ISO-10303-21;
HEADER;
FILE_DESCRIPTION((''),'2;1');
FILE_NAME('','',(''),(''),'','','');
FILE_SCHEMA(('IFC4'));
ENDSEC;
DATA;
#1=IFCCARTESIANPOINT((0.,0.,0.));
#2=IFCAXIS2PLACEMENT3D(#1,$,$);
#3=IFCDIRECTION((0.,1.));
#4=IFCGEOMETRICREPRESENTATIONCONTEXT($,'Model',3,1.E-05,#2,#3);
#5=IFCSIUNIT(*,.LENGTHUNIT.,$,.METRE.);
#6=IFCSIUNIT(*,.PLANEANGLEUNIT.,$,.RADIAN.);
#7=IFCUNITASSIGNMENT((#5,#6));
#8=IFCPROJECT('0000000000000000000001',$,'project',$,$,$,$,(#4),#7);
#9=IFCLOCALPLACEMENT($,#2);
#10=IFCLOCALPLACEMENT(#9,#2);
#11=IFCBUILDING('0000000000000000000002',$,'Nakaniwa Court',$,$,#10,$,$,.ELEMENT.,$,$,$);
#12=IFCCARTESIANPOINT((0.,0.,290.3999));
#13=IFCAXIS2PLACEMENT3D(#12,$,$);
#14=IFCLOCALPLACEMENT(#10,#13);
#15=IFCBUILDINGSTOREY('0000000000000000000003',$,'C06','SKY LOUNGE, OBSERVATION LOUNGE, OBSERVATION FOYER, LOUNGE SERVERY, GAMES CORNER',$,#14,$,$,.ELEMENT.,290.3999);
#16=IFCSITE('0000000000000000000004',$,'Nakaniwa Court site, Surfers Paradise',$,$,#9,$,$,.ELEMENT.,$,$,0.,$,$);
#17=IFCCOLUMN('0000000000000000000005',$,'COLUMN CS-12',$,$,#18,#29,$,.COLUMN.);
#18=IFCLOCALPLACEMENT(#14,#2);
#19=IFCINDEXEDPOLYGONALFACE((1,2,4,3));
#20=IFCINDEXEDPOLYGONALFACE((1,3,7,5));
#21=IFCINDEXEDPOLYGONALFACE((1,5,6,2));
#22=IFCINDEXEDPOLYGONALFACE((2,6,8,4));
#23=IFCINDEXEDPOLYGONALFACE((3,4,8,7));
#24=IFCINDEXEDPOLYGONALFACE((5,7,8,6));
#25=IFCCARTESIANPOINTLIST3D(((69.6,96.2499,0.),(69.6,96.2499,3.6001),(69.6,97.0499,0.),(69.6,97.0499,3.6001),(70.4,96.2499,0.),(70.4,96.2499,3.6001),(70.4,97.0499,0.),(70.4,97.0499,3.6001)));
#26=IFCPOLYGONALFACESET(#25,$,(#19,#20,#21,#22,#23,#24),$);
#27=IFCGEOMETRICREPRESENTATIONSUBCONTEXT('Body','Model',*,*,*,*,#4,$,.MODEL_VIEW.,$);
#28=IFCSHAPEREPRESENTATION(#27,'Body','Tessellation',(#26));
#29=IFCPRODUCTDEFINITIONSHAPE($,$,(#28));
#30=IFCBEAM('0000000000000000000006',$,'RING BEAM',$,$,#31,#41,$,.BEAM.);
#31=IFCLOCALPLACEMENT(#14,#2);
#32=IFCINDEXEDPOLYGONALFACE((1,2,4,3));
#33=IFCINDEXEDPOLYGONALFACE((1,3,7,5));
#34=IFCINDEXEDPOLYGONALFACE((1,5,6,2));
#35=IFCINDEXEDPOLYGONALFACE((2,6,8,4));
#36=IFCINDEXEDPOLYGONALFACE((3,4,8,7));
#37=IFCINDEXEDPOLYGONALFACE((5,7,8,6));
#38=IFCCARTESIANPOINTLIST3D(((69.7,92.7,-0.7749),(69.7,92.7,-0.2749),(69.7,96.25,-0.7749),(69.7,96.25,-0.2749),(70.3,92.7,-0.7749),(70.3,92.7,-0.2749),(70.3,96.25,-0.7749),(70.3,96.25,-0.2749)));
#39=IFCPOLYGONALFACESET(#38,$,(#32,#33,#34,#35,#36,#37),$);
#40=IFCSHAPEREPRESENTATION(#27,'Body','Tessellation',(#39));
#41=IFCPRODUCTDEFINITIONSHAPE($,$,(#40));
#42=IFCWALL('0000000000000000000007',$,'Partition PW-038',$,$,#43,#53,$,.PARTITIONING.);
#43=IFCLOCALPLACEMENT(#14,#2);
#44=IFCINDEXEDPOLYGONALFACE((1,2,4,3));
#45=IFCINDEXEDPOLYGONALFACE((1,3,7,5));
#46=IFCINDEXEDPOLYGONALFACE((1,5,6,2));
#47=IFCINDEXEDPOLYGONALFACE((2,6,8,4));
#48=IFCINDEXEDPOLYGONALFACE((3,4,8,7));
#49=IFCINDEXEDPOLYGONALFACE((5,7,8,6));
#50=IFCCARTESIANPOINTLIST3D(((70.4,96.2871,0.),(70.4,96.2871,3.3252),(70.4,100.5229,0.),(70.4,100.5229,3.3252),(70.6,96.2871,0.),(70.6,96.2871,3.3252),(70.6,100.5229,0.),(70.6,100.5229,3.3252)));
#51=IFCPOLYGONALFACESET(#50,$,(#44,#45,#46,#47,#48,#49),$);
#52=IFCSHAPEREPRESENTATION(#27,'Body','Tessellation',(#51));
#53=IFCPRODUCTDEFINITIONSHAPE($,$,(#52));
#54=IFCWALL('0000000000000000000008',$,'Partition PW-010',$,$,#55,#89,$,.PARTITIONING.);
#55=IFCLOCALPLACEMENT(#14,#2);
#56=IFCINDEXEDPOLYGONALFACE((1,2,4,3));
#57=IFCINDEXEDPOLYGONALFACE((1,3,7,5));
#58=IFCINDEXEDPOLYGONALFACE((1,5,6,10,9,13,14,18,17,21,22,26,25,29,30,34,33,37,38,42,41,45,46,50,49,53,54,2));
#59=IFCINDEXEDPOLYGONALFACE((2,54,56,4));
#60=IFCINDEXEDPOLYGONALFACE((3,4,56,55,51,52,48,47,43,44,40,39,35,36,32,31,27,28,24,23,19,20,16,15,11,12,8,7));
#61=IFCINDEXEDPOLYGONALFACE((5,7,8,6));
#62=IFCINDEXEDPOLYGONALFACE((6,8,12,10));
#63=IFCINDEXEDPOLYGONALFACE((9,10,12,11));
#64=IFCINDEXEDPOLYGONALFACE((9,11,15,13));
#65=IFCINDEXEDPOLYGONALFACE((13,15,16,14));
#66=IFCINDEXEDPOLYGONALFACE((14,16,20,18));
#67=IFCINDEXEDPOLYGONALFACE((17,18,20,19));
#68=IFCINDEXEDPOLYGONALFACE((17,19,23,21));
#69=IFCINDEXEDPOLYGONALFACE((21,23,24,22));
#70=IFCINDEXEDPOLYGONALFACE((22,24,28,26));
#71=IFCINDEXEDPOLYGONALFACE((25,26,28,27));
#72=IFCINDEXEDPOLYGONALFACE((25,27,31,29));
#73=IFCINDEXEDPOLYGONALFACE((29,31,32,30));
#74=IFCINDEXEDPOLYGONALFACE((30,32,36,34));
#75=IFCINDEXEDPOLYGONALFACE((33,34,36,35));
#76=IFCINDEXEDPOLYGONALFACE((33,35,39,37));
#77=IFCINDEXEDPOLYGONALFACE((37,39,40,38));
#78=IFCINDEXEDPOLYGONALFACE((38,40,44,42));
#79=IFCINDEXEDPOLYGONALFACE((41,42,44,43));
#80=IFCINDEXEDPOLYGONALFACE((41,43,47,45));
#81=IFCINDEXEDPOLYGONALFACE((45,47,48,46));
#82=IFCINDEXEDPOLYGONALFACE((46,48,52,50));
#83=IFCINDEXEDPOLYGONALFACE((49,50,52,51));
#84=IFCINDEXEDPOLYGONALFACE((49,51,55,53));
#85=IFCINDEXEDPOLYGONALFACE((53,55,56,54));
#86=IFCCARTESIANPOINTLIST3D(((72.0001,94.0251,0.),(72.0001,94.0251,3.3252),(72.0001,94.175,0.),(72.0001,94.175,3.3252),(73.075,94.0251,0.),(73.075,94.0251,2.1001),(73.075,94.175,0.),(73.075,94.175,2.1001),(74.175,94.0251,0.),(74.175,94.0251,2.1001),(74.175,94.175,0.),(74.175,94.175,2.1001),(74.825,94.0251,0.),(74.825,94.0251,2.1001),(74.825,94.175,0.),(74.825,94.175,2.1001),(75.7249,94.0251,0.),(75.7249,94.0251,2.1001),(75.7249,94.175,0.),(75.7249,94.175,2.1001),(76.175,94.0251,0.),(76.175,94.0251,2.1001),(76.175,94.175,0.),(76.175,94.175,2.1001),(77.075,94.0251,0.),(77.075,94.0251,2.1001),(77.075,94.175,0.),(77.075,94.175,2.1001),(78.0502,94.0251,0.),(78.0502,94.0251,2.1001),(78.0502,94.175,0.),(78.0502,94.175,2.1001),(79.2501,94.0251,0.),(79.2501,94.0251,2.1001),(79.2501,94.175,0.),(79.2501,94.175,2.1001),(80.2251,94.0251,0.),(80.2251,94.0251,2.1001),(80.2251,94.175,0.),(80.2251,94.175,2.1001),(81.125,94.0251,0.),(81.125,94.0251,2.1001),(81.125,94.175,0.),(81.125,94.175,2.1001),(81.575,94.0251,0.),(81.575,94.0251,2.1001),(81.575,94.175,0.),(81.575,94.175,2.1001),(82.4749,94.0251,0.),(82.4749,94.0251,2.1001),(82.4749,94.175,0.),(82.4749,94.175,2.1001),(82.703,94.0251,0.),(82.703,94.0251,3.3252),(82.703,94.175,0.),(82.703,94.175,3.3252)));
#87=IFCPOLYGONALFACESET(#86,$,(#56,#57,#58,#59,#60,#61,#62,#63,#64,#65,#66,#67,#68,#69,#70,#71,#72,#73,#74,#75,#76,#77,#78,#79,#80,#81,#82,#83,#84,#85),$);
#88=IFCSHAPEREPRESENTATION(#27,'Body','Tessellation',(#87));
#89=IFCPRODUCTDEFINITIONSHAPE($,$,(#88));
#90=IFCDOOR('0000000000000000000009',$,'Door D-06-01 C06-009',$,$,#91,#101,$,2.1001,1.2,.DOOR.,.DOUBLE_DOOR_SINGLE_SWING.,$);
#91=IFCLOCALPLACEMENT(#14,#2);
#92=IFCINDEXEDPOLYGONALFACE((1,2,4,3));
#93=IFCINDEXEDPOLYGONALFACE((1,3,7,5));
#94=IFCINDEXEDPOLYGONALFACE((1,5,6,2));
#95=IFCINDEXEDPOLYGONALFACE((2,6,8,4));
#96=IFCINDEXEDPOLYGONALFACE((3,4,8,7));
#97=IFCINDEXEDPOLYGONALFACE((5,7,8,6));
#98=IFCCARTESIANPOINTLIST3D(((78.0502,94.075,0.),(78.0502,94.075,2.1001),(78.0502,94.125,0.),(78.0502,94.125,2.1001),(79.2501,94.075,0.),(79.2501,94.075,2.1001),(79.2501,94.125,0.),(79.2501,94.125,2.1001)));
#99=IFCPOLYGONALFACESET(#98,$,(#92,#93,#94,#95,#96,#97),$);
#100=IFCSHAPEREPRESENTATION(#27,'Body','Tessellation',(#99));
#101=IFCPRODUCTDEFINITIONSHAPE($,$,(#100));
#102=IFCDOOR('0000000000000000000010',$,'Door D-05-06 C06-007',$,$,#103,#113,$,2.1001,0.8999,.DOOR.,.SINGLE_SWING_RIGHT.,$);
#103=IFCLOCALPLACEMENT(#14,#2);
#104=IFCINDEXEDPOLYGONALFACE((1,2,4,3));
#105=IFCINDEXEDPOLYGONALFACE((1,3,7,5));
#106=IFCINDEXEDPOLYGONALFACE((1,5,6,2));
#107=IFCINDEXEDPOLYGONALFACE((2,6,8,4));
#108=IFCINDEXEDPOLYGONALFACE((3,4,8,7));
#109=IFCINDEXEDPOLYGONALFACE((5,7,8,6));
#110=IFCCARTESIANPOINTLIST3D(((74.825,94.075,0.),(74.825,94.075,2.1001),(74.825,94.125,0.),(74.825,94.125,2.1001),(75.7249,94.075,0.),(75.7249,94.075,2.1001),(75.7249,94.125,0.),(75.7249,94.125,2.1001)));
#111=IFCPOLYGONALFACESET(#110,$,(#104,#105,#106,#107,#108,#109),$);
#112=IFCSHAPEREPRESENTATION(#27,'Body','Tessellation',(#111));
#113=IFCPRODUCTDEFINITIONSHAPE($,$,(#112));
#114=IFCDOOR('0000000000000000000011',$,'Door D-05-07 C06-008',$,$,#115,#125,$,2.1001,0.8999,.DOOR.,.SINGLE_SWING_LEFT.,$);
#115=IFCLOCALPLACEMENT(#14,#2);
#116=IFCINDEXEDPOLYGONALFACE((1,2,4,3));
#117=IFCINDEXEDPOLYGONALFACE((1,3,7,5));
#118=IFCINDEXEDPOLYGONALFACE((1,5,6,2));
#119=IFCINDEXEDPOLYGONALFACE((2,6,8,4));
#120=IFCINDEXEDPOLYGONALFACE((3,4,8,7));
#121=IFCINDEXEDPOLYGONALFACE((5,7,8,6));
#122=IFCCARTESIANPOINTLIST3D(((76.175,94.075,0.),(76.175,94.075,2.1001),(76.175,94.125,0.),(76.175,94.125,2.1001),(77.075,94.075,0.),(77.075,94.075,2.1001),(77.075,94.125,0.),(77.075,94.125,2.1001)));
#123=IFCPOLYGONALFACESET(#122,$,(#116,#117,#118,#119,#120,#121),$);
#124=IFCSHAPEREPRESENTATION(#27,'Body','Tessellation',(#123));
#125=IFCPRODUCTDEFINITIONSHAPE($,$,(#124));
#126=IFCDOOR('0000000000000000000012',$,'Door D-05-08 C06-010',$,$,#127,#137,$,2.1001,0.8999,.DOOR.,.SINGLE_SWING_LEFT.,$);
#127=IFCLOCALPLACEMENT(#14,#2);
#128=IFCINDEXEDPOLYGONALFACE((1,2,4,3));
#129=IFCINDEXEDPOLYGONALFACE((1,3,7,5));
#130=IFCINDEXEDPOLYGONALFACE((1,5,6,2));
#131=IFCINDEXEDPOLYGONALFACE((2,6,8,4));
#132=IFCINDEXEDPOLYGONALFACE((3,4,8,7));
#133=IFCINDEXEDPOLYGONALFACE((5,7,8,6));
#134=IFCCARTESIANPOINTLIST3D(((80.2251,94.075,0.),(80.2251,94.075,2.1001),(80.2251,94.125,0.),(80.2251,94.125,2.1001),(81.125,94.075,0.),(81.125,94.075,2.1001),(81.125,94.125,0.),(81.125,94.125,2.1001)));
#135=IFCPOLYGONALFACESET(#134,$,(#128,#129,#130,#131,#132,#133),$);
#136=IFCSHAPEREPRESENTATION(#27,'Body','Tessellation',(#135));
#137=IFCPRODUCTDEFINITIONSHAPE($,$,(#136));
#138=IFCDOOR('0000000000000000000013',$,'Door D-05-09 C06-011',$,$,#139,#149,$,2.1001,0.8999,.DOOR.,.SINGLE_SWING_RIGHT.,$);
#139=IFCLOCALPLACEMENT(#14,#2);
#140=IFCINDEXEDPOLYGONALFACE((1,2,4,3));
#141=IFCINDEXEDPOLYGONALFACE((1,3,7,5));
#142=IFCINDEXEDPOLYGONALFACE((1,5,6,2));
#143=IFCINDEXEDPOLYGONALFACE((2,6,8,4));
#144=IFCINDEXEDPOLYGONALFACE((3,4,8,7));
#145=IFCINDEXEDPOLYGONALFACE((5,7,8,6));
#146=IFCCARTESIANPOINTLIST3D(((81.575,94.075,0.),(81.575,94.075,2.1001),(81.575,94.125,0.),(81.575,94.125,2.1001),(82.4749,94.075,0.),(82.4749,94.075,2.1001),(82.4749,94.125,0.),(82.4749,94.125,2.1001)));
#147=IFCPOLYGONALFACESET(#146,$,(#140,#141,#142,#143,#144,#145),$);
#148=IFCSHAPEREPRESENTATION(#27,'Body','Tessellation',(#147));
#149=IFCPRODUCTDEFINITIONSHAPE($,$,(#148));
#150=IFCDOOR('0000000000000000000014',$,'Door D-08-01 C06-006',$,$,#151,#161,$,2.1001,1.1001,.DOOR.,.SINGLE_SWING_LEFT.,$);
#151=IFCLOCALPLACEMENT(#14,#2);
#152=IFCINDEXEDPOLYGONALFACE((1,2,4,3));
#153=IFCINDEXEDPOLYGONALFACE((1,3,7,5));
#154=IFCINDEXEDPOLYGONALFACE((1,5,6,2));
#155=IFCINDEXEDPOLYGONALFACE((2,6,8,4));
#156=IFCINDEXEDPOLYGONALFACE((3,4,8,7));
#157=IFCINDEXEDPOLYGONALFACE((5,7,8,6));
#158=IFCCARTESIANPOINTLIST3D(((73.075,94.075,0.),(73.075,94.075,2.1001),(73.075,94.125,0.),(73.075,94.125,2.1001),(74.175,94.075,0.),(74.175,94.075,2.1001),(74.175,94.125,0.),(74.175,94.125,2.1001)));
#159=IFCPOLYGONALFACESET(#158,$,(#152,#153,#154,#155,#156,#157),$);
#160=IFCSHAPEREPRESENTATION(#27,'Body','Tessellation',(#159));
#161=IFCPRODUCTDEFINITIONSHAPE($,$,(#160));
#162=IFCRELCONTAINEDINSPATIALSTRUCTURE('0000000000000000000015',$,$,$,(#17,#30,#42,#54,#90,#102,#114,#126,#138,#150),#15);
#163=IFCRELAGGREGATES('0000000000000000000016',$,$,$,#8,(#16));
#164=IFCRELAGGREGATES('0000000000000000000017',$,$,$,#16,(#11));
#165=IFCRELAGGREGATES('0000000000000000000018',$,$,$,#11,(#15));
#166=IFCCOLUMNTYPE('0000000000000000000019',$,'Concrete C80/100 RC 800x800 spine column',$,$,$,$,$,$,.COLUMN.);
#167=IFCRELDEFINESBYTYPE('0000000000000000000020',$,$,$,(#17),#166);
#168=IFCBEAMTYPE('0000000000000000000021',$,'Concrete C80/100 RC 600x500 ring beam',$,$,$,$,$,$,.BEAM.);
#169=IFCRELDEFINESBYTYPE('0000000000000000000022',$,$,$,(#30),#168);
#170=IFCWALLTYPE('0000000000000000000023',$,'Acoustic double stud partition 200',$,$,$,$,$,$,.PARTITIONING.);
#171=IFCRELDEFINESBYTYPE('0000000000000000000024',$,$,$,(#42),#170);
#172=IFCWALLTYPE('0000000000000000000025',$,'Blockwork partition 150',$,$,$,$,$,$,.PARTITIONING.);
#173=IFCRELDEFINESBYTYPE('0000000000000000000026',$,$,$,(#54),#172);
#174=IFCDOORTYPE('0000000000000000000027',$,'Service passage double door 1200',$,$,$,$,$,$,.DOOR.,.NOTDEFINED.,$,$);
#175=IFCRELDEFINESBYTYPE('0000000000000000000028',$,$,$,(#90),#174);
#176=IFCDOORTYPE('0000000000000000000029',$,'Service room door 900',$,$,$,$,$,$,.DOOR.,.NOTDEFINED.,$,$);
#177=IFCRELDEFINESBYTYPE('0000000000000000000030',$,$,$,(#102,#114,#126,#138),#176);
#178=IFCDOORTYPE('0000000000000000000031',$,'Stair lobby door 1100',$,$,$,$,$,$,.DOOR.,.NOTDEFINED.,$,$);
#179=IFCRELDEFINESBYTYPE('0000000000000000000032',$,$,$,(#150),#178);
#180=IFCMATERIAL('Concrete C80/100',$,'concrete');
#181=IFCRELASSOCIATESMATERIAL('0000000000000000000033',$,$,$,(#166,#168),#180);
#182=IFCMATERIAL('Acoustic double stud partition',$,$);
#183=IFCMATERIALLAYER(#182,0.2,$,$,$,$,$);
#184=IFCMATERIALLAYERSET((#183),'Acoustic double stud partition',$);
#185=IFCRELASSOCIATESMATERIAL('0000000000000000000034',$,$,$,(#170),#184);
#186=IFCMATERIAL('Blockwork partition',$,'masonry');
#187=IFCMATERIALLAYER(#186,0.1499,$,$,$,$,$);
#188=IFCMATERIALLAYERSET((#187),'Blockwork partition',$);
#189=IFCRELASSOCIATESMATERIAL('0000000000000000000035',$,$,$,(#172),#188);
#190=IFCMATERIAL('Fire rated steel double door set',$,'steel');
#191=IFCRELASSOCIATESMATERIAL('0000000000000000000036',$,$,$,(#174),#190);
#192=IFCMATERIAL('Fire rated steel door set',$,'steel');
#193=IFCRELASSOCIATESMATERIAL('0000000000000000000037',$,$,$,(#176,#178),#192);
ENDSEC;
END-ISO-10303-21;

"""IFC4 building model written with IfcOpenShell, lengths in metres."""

from ifc_helpers import new_model, si_unit, direction, frame, frame_2d, origin, origin_2d, place, context, subcontext, project, spatial, rectangle, extrude, material, layer, layer_set, material_profile, profile_set, type_object, element, fill, save


model = new_model("IFC4")

# Units and contexts
model_context = context("Model", 3, precision=1e-05, world=origin(), true_north=direction((0.0, 1.0)))
body_context = subcontext(model_context, "Body", "Model", "MODEL_VIEW")
ifc_project = project(units=[si_unit("LENGTHUNIT", "METRE"), si_unit("PLANEANGLEUNIT", "RADIAN")], contexts=[model_context])

# Site, building, storey
site_placement = place(None, origin())
site = spatial("IfcSite", under=ifc_project, at=site_placement, Name="Nakaniwa Court site, Surfers Paradise", CompositionType="ELEMENT", RefElevation=0.0)
building_placement = place(site_placement, origin())
building = spatial("IfcBuilding", under=site, at=building_placement, Name="Nakaniwa Court", CompositionType="ELEMENT")
storey_placement = place(building_placement, frame((0.0, 0.0, 290.3999)))
storey = spatial("IfcBuildingStorey", under=building, at=storey_placement, Name="C06", Description="SKY LOUNGE, OBSERVATION LOUNGE, OBSERVATION FOYER, LOUNGE SERVERY, GAMES CORNER", CompositionType="ELEMENT", Elevation=290.3999)

# Column
ifc_material_1 = material(Name="Concrete C80/100", Category="concrete")
ifc_material_profile_1 = material_profile(ifc_material_1, rectangle(XDim=0.8, YDim=0.8, at=origin_2d()), Name="Concrete C80/100 RC 800x800 spine column")
ifc_profile_set_1 = profile_set([ifc_material_profile_1], Name="Concrete C80/100")
column_type = type_object("IfcColumnType", Name="Concrete C80/100 RC 800x800 spine column", PredefinedType="COLUMN", material=ifc_profile_set_1)
column_placement = place(storey_placement, frame((70.0, 96.6499, 0.0), z_axis=(0.0, 0.0, 1.0), x_axis=(0.0, -1.0, 0.0)))
element("IfcColumn", 1, at=column_placement, inside=storey, type_object=column_type, Name="COLUMN CS-12", PredefinedType="COLUMN", context=body_context, shape_type="SweptSolid", body=[
    extrude(rectangle(XDim=0.8, YDim=0.8, at=origin_2d()), origin(), (0.0, 0.0, 1.0), 3.6001),
])

# Beam
ifc_material_profile_2 = material_profile(ifc_material_1, rectangle(XDim=0.6001, YDim=0.5, at=origin_2d()), Name="Concrete C80/100 RC 600x500 ring beam")
ifc_profile_set_2 = profile_set([ifc_material_profile_2], Name="Concrete C80/100")
beam_type = type_object("IfcBeamType", Name="Concrete C80/100 RC 600x500 ring beam", PredefinedType="BEAM", material=ifc_profile_set_2)
beam_placement = place(storey_placement, frame((70.0, 96.25, -0.5249), z_axis=(0.0, -1.0, 0.0), x_axis=(1.0, 0.0, 0.0)))
element("IfcBeam", 2, at=beam_placement, inside=storey, type_object=beam_type, Name="RING BEAM", PredefinedType="BEAM", context=body_context, shape_type="SweptSolid", body=[
    extrude(rectangle(XDim=0.6001, YDim=0.5, at=origin_2d()), origin(), (0.0, 0.0, 1.0), 3.55),
])

# Wall
ifc_material_2 = material(Name="Acoustic double stud partition")
ifc_layer_1 = layer(ifc_material_2, 0.2)
ifc_layer_set_1 = layer_set([ifc_layer_1], Name="Acoustic double stud partition")
wall_type_1 = type_object("IfcWallType", Name="Acoustic double stud partition 200", PredefinedType="PARTITIONING", material=ifc_layer_set_1)
wall_1_placement = place(storey_placement, frame((70.5, 96.2871, 0.0), z_axis=(0.0, 0.0, 1.0), x_axis=(0.0, 1.0, 0.0)))
element("IfcWall", 3, at=wall_1_placement, inside=storey, type_object=wall_type_1, Name="Partition PW-038", PredefinedType="PARTITIONING", context=body_context, shape_type="SweptSolid", body=[
    extrude(rectangle(XDim=4.2358, YDim=0.2, at=frame_2d((2.1179, 0.0))), origin(), (0.0, 0.0, 1.0), 3.3252),
])

# Wall, openings, doors
ifc_material_3 = material(Name="Blockwork partition", Category="masonry")
ifc_layer_2 = layer(ifc_material_3, 0.1499)
ifc_layer_set_2 = layer_set([ifc_layer_2], Name="Blockwork partition")
wall_type_2 = type_object("IfcWallType", Name="Blockwork partition 150", PredefinedType="PARTITIONING", material=ifc_layer_set_2)
wall_2_placement = place(storey_placement, frame((72.0, 94.1001, 0.0), z_axis=(0.0, 0.0, 1.0), x_axis=(1.0, 0.0, 0.0)))
wall_2 = element("IfcWall", 4, at=wall_2_placement, inside=storey, type_object=wall_type_2, Name="Partition PW-010", PredefinedType="PARTITIONING", context=body_context, shape_type="SweptSolid", body=[
    extrude(rectangle(XDim=10.7029, YDim=0.1499, at=frame_2d((5.3516, 0.0))), origin(), (0.0, 0.0, 1.0), 3.3252),
])
opening_1_placement = place(wall_2_placement, frame((1.075, 0.0, 0.0)))
opening_1 = element("IfcOpeningElement", 5, at=opening_1_placement, cuts=wall_2, PredefinedType="OPENING", context=body_context, shape_type="SweptSolid", body=[
    extrude(rectangle(XDim=1.1001, YDim=2.1001, at=frame_2d((0.55, 1.05))), frame((0.0, 0.085, 0.0), z_axis=(0.0, -1.0, 0.0), x_axis=(1.0, 0.0, 0.0)), (0.0, 0.0, 1.0), 0.1699),
])
opening_2_placement = place(wall_2_placement, frame((2.825, 0.0, 0.0)))
opening_2 = element("IfcOpeningElement", 6, at=opening_2_placement, cuts=wall_2, PredefinedType="OPENING", context=body_context, shape_type="SweptSolid", body=[
    extrude(rectangle(XDim=0.8999, YDim=2.1001, at=frame_2d((0.45, 1.05))), frame((0.0, 0.085, 0.0), z_axis=(0.0, -1.0, 0.0), x_axis=(1.0, 0.0, 0.0)), (0.0, 0.0, 1.0), 0.1699),
])
opening_3_placement = place(wall_2_placement, frame((4.175, 0.0, 0.0)))
opening_3 = element("IfcOpeningElement", 7, at=opening_3_placement, cuts=wall_2, PredefinedType="OPENING", context=body_context, shape_type="SweptSolid", body=[
    extrude(rectangle(XDim=0.8999, YDim=2.1001, at=frame_2d((0.45, 1.05))), frame((0.0, 0.085, 0.0), z_axis=(0.0, -1.0, 0.0), x_axis=(1.0, 0.0, 0.0)), (0.0, 0.0, 1.0), 0.1699),
])
opening_4_placement = place(wall_2_placement, frame((6.05, 0.0, 0.0)))
opening_4 = element("IfcOpeningElement", 8, at=opening_4_placement, cuts=wall_2, PredefinedType="OPENING", context=body_context, shape_type="SweptSolid", body=[
    extrude(rectangle(XDim=1.2, YDim=2.1001, at=frame_2d((0.6001, 1.05))), frame((0.0, 0.085, 0.0), z_axis=(0.0, -1.0, 0.0), x_axis=(1.0, 0.0, 0.0)), (0.0, 0.0, 1.0), 0.1699),
])
opening_5_placement = place(wall_2_placement, frame((8.2251, 0.0, 0.0)))
opening_5 = element("IfcOpeningElement", 9, at=opening_5_placement, cuts=wall_2, PredefinedType="OPENING", context=body_context, shape_type="SweptSolid", body=[
    extrude(rectangle(XDim=0.8999, YDim=2.1001, at=frame_2d((0.45, 1.05))), frame((0.0, 0.085, 0.0), z_axis=(0.0, -1.0, 0.0), x_axis=(1.0, 0.0, 0.0)), (0.0, 0.0, 1.0), 0.1699),
])
opening_6_placement = place(wall_2_placement, frame((9.575, 0.0, 0.0)))
opening_6 = element("IfcOpeningElement", 10, at=opening_6_placement, cuts=wall_2, PredefinedType="OPENING", context=body_context, shape_type="SweptSolid", body=[
    extrude(rectangle(XDim=0.8999, YDim=2.1001, at=frame_2d((0.45, 1.05))), frame((0.0, 0.085, 0.0), z_axis=(0.0, -1.0, 0.0), x_axis=(1.0, 0.0, 0.0)), (0.0, 0.0, 1.0), 0.1699),
])
ifc_material_4 = material(Name="Fire rated steel double door set", Category="steel")
door_type_1 = type_object("IfcDoorType", Name="Service passage double door 1200", OperationType="NOTDEFINED", PredefinedType="DOOR", material=ifc_material_4)
door_1_placement = place(opening_4_placement, origin())
door_1 = element("IfcDoor", 11, at=door_1_placement, inside=storey, type_object=door_type_1, Name="Door D-06-01 C06-009", OperationType="DOUBLE_DOOR_SINGLE_SWING", OverallHeight=2.1001, OverallWidth=1.2, PredefinedType="DOOR", context=body_context, shape_type="SweptSolid", body=[
    extrude(rectangle(XDim=1.2, YDim=2.1001, at=frame_2d((0.6001, 1.05))), frame((0.0, 0.0249, 0.0), z_axis=(0.0, -1.0, 0.0), x_axis=(1.0, 0.0, 0.0)), (0.0, 0.0, 1.0), 0.05),
])
fill(opening_4, door_1)
ifc_material_5 = material(Name="Fire rated steel door set", Category="steel")
door_type_2 = type_object("IfcDoorType", Name="Service room door 900", OperationType="NOTDEFINED", PredefinedType="DOOR", material=ifc_material_5)
door_2_placement = place(opening_2_placement, origin())
door_2 = element("IfcDoor", 12, at=door_2_placement, inside=storey, type_object=door_type_2, Name="Door D-05-06 C06-007", OperationType="SINGLE_SWING_RIGHT", OverallHeight=2.1001, OverallWidth=0.8999, PredefinedType="DOOR", context=body_context, shape_type="SweptSolid", body=[
    extrude(rectangle(XDim=0.8999, YDim=2.1001, at=frame_2d((0.45, 1.05))), frame((0.0, 0.0249, 0.0), z_axis=(0.0, -1.0, 0.0), x_axis=(1.0, 0.0, 0.0)), (0.0, 0.0, 1.0), 0.05),
])
fill(opening_2, door_2)
door_3_placement = place(opening_3_placement, origin())
door_3 = element("IfcDoor", 13, at=door_3_placement, inside=storey, type_object=door_type_2, Name="Door D-05-07 C06-008", OperationType="SINGLE_SWING_LEFT", OverallHeight=2.1001, OverallWidth=0.8999, PredefinedType="DOOR", context=body_context, shape_type="SweptSolid", body=[
    extrude(rectangle(XDim=0.8999, YDim=2.1001, at=frame_2d((0.45, 1.05))), frame((0.0, 0.0249, 0.0), z_axis=(0.0, -1.0, 0.0), x_axis=(1.0, 0.0, 0.0)), (0.0, 0.0, 1.0), 0.05),
])
fill(opening_3, door_3)
door_4_placement = place(opening_5_placement, origin())
door_4 = element("IfcDoor", 14, at=door_4_placement, inside=storey, type_object=door_type_2, Name="Door D-05-08 C06-010", OperationType="SINGLE_SWING_LEFT", OverallHeight=2.1001, OverallWidth=0.8999, PredefinedType="DOOR", context=body_context, shape_type="SweptSolid", body=[
    extrude(rectangle(XDim=0.8999, YDim=2.1001, at=frame_2d((0.45, 1.05))), frame((0.0, 0.0249, 0.0), z_axis=(0.0, -1.0, 0.0), x_axis=(1.0, 0.0, 0.0)), (0.0, 0.0, 1.0), 0.05),
])
fill(opening_5, door_4)
door_5_placement = place(opening_6_placement, origin())
door_5 = element("IfcDoor", 15, at=door_5_placement, inside=storey, type_object=door_type_2, Name="Door D-05-09 C06-011", OperationType="SINGLE_SWING_RIGHT", OverallHeight=2.1001, OverallWidth=0.8999, PredefinedType="DOOR", context=body_context, shape_type="SweptSolid", body=[
    extrude(rectangle(XDim=0.8999, YDim=2.1001, at=frame_2d((0.45, 1.05))), frame((0.0, 0.0249, 0.0), z_axis=(0.0, -1.0, 0.0), x_axis=(1.0, 0.0, 0.0)), (0.0, 0.0, 1.0), 0.05),
])
fill(opening_6, door_5)
door_type_3 = type_object("IfcDoorType", Name="Stair lobby door 1100", OperationType="NOTDEFINED", PredefinedType="DOOR", material=ifc_material_5)
door_6_placement = place(opening_1_placement, origin())
door_6 = element("IfcDoor", 16, at=door_6_placement, inside=storey, type_object=door_type_3, Name="Door D-08-01 C06-006", OperationType="SINGLE_SWING_LEFT", OverallHeight=2.1001, OverallWidth=1.1001, PredefinedType="DOOR", context=body_context, shape_type="SweptSolid", body=[
    extrude(rectangle(XDim=1.1001, YDim=2.1001, at=frame_2d((0.55, 1.05))), frame((0.0, 0.0249, 0.0), z_axis=(0.0, -1.0, 0.0), x_axis=(1.0, 0.0, 0.0)), (0.0, 0.0, 1.0), 0.05),
])
fill(opening_1, door_6)

save(model, "model.ifc")
